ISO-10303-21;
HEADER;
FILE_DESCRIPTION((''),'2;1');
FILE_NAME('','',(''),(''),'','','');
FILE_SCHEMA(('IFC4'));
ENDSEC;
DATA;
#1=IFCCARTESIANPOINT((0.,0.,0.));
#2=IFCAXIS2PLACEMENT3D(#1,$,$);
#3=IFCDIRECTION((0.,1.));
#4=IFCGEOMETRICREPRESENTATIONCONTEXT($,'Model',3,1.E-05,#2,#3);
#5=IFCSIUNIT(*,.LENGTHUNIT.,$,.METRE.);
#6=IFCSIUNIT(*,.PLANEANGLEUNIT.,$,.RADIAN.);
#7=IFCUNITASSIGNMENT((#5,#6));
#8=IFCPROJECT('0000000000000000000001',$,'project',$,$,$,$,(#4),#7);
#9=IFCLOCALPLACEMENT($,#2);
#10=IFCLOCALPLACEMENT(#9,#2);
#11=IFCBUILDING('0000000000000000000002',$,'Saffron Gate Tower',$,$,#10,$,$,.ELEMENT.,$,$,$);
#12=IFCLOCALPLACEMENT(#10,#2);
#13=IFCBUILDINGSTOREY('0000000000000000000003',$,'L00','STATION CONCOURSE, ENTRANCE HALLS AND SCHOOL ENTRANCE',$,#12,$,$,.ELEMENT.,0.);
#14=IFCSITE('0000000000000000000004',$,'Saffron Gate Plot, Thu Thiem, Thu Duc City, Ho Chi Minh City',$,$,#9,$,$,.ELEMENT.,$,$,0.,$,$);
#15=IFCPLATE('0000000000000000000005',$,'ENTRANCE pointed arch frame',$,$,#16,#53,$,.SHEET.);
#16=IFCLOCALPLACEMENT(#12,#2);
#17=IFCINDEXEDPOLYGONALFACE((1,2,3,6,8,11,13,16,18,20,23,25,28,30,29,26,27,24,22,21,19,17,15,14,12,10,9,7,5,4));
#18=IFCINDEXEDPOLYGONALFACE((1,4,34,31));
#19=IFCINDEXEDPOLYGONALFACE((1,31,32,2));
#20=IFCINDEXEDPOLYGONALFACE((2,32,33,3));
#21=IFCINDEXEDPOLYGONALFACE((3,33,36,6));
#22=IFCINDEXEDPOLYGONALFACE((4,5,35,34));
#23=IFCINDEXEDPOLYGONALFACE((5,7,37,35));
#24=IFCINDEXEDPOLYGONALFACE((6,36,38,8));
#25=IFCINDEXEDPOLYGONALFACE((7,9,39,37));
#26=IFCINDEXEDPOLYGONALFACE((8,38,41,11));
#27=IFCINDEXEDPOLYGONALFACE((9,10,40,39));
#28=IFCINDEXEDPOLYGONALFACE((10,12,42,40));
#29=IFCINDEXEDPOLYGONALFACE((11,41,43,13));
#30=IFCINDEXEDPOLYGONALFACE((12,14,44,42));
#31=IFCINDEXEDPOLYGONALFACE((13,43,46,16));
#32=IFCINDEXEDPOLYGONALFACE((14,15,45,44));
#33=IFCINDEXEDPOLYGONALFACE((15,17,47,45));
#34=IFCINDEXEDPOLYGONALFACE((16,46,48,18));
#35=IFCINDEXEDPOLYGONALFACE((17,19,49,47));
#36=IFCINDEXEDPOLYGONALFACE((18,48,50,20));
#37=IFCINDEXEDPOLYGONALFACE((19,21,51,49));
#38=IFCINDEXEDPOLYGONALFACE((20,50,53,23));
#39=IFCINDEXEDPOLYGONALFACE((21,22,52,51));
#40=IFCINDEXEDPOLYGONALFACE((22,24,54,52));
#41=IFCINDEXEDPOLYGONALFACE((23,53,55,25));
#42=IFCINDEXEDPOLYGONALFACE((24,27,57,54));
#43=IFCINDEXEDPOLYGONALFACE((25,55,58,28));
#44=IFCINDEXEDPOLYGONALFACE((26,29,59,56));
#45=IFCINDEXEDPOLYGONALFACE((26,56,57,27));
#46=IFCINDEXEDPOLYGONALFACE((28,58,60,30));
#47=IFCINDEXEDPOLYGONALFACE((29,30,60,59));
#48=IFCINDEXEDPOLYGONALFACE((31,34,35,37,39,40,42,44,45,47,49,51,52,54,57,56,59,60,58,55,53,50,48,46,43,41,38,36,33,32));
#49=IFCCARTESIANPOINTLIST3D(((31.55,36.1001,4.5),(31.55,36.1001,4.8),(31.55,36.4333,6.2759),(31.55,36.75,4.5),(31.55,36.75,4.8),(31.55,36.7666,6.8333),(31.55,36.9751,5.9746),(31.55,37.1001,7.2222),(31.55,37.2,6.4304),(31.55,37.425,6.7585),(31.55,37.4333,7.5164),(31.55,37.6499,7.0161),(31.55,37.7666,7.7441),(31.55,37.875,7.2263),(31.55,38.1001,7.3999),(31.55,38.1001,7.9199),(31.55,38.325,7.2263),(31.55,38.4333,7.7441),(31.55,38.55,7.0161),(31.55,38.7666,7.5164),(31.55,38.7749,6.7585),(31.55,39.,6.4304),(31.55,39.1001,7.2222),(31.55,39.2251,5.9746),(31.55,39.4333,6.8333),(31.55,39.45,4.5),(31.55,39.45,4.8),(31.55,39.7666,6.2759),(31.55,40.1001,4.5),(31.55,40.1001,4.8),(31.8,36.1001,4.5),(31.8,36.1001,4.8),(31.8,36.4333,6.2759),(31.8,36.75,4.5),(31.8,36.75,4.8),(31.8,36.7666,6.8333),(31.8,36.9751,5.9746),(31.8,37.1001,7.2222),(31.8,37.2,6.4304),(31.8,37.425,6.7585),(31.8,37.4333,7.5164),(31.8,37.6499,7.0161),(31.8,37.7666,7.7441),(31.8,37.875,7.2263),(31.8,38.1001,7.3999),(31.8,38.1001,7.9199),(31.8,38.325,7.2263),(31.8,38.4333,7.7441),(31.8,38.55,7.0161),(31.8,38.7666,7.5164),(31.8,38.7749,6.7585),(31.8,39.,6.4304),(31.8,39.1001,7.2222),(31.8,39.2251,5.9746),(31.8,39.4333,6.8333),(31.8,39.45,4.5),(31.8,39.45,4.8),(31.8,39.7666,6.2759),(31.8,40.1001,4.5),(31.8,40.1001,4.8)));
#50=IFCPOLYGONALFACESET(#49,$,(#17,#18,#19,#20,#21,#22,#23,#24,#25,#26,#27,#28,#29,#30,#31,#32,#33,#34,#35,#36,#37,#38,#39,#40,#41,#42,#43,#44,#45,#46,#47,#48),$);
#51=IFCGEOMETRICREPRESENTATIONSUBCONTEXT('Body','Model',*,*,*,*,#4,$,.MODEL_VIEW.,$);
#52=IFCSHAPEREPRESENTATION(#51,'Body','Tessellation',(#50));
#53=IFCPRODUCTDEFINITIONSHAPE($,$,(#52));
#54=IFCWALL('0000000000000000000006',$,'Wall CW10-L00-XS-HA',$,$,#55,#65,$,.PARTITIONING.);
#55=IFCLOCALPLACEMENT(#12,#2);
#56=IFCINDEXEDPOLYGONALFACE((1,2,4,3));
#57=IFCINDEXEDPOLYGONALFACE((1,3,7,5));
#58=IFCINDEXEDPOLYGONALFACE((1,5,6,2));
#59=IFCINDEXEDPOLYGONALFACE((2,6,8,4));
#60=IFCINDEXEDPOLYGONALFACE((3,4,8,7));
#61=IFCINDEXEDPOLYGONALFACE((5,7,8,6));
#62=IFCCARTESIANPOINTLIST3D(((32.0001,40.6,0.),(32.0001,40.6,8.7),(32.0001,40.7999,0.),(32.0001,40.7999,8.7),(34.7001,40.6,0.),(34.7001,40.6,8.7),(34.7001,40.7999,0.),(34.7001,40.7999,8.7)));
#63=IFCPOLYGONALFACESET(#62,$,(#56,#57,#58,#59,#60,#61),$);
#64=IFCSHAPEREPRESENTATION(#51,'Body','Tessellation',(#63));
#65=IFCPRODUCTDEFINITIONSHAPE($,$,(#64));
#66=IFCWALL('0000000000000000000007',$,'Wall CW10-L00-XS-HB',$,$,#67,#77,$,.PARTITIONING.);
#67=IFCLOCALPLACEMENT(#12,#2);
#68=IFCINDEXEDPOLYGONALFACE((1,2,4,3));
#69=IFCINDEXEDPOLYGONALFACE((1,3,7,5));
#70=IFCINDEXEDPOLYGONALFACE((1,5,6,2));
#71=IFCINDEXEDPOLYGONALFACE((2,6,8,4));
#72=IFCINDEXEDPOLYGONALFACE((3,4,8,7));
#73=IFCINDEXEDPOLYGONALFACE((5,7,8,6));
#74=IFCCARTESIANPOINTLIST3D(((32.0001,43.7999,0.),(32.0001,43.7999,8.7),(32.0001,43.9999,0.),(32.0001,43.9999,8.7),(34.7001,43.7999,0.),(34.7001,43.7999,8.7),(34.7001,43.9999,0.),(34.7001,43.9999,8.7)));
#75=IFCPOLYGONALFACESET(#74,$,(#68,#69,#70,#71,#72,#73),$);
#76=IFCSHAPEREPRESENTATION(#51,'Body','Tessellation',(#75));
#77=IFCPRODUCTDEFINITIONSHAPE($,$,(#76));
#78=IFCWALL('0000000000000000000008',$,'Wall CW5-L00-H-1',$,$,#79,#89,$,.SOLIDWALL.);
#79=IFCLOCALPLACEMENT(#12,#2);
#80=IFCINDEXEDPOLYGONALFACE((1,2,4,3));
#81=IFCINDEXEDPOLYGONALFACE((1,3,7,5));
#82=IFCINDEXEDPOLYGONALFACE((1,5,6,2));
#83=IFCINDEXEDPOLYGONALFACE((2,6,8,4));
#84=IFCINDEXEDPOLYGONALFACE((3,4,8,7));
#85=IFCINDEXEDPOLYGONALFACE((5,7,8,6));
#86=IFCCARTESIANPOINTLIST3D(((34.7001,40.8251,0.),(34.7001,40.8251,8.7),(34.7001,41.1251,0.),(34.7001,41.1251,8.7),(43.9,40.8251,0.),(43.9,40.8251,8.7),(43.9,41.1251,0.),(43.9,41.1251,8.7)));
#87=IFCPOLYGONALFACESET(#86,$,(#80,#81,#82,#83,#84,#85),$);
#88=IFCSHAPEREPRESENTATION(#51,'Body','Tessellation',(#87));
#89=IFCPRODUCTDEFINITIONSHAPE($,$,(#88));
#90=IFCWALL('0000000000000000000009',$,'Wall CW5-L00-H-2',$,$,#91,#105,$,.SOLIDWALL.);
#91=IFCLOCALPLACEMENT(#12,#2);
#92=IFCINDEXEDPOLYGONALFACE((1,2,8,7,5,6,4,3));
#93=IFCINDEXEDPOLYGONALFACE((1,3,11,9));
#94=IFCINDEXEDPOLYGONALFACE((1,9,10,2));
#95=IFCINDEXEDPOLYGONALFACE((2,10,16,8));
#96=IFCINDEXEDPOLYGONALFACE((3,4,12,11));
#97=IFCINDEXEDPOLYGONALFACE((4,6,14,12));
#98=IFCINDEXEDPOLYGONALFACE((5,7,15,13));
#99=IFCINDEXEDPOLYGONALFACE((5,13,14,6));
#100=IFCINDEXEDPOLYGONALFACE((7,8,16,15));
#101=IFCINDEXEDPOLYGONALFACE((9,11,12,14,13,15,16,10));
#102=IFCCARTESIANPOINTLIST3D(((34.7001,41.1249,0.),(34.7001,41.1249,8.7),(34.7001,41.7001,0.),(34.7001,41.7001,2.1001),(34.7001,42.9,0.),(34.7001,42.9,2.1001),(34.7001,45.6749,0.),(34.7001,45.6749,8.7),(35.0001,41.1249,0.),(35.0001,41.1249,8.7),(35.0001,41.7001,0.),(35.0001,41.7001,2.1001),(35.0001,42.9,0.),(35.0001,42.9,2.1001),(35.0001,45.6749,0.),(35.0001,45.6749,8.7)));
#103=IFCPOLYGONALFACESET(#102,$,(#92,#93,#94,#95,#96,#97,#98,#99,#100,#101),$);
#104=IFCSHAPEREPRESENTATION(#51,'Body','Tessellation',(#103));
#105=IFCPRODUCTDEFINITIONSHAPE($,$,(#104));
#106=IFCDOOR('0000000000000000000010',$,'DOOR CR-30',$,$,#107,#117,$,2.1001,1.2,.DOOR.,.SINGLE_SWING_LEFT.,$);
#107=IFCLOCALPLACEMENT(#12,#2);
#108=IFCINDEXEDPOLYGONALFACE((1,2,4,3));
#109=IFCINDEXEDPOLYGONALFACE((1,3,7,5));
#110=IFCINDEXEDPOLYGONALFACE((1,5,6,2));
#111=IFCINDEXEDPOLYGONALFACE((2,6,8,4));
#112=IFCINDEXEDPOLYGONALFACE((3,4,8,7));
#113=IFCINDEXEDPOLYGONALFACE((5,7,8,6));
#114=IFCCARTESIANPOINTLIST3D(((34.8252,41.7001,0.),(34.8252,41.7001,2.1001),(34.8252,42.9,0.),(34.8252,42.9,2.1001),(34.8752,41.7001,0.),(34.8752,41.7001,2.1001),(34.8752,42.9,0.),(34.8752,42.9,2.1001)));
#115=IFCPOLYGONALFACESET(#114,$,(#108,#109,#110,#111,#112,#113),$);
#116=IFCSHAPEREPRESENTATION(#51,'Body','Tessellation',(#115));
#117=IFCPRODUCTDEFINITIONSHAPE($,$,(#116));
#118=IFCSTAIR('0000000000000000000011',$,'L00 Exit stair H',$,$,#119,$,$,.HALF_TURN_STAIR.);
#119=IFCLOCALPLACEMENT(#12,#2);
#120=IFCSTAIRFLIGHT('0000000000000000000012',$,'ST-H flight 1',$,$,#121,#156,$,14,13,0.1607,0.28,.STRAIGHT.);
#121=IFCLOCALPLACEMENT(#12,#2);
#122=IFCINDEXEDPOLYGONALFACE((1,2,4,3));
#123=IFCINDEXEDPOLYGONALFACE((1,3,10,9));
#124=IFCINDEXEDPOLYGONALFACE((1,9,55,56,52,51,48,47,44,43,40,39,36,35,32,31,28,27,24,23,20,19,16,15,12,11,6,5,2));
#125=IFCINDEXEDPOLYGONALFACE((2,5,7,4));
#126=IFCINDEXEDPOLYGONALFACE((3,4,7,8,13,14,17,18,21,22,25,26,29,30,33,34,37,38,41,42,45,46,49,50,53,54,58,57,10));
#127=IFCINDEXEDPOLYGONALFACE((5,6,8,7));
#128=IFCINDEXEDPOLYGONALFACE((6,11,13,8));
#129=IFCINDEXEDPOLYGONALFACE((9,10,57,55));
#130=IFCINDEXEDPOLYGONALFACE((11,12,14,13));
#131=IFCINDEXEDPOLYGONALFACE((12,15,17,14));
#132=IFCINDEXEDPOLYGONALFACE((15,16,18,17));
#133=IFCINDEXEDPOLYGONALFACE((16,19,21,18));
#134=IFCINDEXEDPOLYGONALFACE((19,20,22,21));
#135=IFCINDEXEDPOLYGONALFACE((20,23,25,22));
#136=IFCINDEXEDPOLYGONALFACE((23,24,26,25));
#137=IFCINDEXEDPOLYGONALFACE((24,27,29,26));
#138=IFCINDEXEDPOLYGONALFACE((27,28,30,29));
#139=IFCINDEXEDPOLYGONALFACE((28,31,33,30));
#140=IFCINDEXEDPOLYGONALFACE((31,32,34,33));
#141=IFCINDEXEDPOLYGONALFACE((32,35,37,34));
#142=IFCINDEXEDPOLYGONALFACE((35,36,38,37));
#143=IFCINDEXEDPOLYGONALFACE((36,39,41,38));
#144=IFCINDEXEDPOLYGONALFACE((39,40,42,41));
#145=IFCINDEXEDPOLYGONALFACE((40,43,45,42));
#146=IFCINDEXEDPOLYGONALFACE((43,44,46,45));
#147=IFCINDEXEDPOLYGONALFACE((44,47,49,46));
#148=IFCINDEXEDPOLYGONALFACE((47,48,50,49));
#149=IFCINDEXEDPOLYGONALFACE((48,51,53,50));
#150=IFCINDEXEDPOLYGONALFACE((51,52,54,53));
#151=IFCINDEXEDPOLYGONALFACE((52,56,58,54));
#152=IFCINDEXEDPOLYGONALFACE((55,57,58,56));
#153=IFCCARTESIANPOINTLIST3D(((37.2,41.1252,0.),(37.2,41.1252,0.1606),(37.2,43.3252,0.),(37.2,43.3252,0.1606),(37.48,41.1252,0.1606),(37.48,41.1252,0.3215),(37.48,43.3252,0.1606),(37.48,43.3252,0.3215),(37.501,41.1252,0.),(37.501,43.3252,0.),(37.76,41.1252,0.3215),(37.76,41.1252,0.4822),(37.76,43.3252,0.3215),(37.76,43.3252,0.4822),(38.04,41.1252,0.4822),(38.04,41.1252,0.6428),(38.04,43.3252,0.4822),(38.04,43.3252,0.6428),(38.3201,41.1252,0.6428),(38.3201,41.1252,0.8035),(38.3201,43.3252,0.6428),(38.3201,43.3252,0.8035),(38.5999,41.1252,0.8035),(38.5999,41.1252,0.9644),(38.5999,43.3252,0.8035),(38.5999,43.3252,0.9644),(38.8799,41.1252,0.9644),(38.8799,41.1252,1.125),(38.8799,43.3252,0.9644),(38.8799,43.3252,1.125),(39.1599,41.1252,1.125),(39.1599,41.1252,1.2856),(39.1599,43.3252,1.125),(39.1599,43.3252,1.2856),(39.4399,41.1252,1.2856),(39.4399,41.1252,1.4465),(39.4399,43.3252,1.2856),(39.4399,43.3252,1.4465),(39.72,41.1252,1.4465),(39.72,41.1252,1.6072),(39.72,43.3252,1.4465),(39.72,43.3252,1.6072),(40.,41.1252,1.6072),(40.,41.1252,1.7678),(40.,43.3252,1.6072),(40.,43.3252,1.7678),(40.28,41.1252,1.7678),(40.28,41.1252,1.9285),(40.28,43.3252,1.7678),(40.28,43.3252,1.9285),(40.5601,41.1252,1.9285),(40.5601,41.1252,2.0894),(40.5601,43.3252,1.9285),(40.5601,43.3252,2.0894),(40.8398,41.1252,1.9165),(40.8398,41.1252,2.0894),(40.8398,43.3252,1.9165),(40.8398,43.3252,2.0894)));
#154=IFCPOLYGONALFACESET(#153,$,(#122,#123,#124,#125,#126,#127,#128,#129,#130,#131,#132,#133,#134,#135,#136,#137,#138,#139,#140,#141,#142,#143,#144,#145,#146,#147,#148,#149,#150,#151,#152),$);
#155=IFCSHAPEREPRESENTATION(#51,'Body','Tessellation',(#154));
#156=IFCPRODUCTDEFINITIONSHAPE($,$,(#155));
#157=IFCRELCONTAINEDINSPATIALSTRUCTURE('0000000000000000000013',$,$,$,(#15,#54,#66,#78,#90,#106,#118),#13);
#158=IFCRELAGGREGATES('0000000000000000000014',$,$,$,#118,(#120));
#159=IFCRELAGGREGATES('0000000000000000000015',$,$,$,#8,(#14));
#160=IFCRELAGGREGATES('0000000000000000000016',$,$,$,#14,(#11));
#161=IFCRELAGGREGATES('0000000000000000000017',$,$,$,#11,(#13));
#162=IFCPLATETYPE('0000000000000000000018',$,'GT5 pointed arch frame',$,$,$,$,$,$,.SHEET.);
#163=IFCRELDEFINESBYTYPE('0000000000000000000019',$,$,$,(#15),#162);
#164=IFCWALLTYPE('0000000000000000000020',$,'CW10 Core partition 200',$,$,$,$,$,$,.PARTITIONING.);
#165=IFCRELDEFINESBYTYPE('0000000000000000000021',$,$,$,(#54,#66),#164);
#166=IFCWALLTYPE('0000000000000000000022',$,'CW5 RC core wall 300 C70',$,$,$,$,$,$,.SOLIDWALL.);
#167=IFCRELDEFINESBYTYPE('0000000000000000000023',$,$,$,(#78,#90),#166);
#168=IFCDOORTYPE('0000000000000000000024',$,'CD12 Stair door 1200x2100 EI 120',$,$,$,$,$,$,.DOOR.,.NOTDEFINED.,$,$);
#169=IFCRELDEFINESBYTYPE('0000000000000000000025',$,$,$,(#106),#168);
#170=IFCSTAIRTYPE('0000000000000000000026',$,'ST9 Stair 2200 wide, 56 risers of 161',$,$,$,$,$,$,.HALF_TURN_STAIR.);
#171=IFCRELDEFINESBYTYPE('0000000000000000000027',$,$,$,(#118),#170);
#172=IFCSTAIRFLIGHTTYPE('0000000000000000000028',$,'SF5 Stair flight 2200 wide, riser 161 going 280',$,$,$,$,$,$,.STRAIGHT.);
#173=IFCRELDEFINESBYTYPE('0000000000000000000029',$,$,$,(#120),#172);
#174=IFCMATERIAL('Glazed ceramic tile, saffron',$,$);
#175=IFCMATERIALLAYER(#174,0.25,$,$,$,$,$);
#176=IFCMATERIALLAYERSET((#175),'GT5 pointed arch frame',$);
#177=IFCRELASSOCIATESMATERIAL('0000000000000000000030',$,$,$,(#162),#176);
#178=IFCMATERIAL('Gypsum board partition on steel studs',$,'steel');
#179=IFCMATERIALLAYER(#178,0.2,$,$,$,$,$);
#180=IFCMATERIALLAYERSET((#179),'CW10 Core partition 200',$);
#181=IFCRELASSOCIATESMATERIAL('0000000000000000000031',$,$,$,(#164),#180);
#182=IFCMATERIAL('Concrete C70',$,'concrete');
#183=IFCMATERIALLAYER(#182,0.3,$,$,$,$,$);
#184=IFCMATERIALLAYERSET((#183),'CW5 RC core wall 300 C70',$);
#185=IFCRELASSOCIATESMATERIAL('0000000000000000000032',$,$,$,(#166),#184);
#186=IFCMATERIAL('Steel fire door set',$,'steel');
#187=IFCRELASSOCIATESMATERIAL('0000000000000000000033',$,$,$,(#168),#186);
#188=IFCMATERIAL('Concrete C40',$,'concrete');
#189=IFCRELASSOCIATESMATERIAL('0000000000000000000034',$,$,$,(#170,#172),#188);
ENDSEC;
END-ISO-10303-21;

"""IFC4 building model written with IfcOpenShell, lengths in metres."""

from ifc_helpers import new_model, si_unit, direction, frame, frame_2d, origin, place, context, subcontext, project, spatial, polyline, rectangle, outline, extrude, material, layer, layer_set, type_object, element, fill, aggregate, save


model = new_model("IFC4")

# Units and contexts
model_context = context("Model", 3, precision=1e-05, world=origin(), true_north=direction((0.0, 1.0)))
body_context = subcontext(model_context, "Body", "Model", "MODEL_VIEW")
ifc_project = project(units=[si_unit("LENGTHUNIT", "METRE"), si_unit("PLANEANGLEUNIT", "RADIAN")], contexts=[model_context])

# Site, building, storey
site_placement = place(None, origin())
site = spatial("IfcSite", under=ifc_project, at=site_placement, Name="Saffron Gate Plot, Thu Thiem, Thu Duc City, Ho Chi Minh City", CompositionType="ELEMENT", RefElevation=0.0)
building_placement = place(site_placement, origin())
building = spatial("IfcBuilding", under=site, at=building_placement, Name="Saffron Gate Tower", CompositionType="ELEMENT")
storey_placement = place(building_placement, origin())
storey = spatial("IfcBuildingStorey", under=building, at=storey_placement, Name="L00", Description="STATION CONCOURSE, ENTRANCE HALLS AND SCHOOL ENTRANCE", CompositionType="ELEMENT", Elevation=0.0)

# Plate
ifc_material_1 = material(Name="Glazed ceramic tile, saffron")
ifc_layer_1 = layer(ifc_material_1, 0.25)
ifc_layer_set_1 = layer_set([ifc_layer_1], Name="GT5 pointed arch frame")
plate_type_1 = type_object("IfcPlateType", Name="GT5 pointed arch frame", PredefinedType="SHEET", material=ifc_layer_set_1)
plate_1_placement = place(storey_placement, frame((31.55, 39.45, 4.5), z_axis=(-1.0, 0.0, 0.0), x_axis=(0.0, 0.0, 1.0)))
element("IfcPlate", 1, at=plate_1_placement, inside=storey, type_object=plate_type_1, Name="ENTRANCE pointed arch frame", PredefinedType="SHEET", context=body_context, shape_type="SweptSolid", body=[
    extrude(outline(polyline([(0.0, 0.0), (0.3, 0.0), (1.4746, -0.2249), (1.9304, -0.45), (2.2585, -0.675), (2.5161, -0.8999), (2.7263, -1.125), (2.8999, -1.3499), (2.7263, -1.575), (2.5161, -1.8), (2.2585, -2.0249), (1.9304, -2.25), (1.4746, -2.4749), (0.3, -2.7), (0.0, -2.7), (0.0, -3.3499), (0.3, -3.3499), (1.7759, -3.0166), (2.3333, -2.6833), (2.7222, -2.3499), (3.0164, -2.0166), (3.2441, -1.6833), (3.4199, -1.3499), (3.2441, -1.0166), (3.0164, -0.6833), (2.7222, -0.3499), (2.3333, -0.0166), (1.7759, 0.3167), (0.3, 0.6501), (0.0, 0.6501), (0.0, 0.0)])), origin(), (0.0, 0.0, -1.0), 0.25),
])

# Walls
ifc_material_2 = material(Name="Gypsum board partition on steel studs", Category="steel")
ifc_layer_2 = layer(ifc_material_2, 0.2)
ifc_layer_set_2 = layer_set([ifc_layer_2], Name="CW10 Core partition 200")
wall_type_1 = type_object("IfcWallType", Name="CW10 Core partition 200", PredefinedType="PARTITIONING", material=ifc_layer_set_2)
for number, where, z_axis, x_axis, name in (
    (2, (32.0, 40.7, 0.0), (0.0, 0.0, 1.0), (1.0, 0.0, 0.0), "Wall CW10-L00-XS-HA"),
    (3, (32.0, 43.8999, 0.0), (0.0, 0.0, 1.0), (1.0, 0.0, 0.0), "Wall CW10-L00-XS-HB"),
):
    element("IfcWall", number, at=place(storey_placement, frame(where, z_axis=z_axis, x_axis=x_axis)), inside=storey, type_object=wall_type_1, Name=name, PredefinedType="PARTITIONING", context=body_context, shape_type="SweptSolid", body=[
        extrude(rectangle(XDim=2.7, YDim=0.2, at=frame_2d((1.3501, 0.0))), origin(), (0.0, 0.0, 1.0), 8.7),
    ])
ifc_material_3 = material(Name="Concrete C70", Category="concrete")
ifc_layer_3 = layer(ifc_material_3, 0.3)
ifc_layer_set_3 = layer_set([ifc_layer_3], Name="CW5 RC core wall 300 C70")
wall_type_2 = type_object("IfcWallType", Name="CW5 RC core wall 300 C70", PredefinedType="SOLIDWALL", material=ifc_layer_set_3)
wall_1_placement = place(storey_placement, frame((34.7, 40.9751, 0.0), z_axis=(0.0, 0.0, 1.0), x_axis=(1.0, 0.0, 0.0)))
element("IfcWall", 4, at=wall_1_placement, inside=storey, type_object=wall_type_2, Name="Wall CW5-L00-H-1", PredefinedType="SOLIDWALL", context=body_context, shape_type="SweptSolid", body=[
    extrude(rectangle(XDim=9.2, YDim=0.3, at=frame_2d((4.6001, 0.0))), origin(), (0.0, 0.0, 1.0), 8.7),
])

# Wall, opening, door
wall_2_placement = place(storey_placement, frame((34.8501, 41.125, 0.0), z_axis=(0.0, 0.0, 1.0), x_axis=(0.0, 1.0, 0.0)))
wall_2 = element("IfcWall", 5, at=wall_2_placement, inside=storey, type_object=wall_type_2, Name="Wall CW5-L00-H-2", PredefinedType="SOLIDWALL", context=body_context, shape_type="SweptSolid", body=[
    extrude(rectangle(XDim=4.55, YDim=0.3, at=frame_2d((2.2749, 0.0))), origin(), (0.0, 0.0, 1.0), 8.7),
])
opening_1_placement = place(wall_2_placement, frame((0.575, 0.0, 0.0)))
opening_1 = element("IfcOpeningElement", 6, at=opening_1_placement, cuts=wall_2, PredefinedType="OPENING", context=body_context, shape_type="SweptSolid", body=[
    extrude(rectangle(XDim=1.2, YDim=2.1001, at=frame_2d((0.6001, 1.05))), frame((0.0, 0.1602, 0.0), z_axis=(0.0, -1.0, 0.0), x_axis=(1.0, 0.0, 0.0)), (0.0, 0.0, 1.0), 0.3201),
])
ifc_material_4 = material(Name="Steel fire door set", Category="steel")
door_type_1 = type_object("IfcDoorType", Name="CD12 Stair door 1200x2100 EI 120", OperationType="NOTDEFINED", PredefinedType="DOOR", material=ifc_material_4)
door_1_placement = place(opening_1_placement, origin())
door_1 = element("IfcDoor", 7, at=door_1_placement, inside=storey, type_object=door_type_1, Name="DOOR CR-30", OperationType="SINGLE_SWING_LEFT", OverallHeight=2.1001, OverallWidth=1.2, PredefinedType="DOOR", context=body_context, shape_type="SweptSolid", body=[
    extrude(rectangle(XDim=1.2, YDim=2.1001, at=frame_2d((0.6001, 1.05))), frame((0.0, 0.0249, 0.0), z_axis=(0.0, -1.0, 0.0), x_axis=(1.0, 0.0, 0.0)), (0.0, 0.0, 1.0), 0.05),
])
fill(opening_1, door_1)

# Stair, stair flight
ifc_material_5 = material(Name="Concrete C40", Category="concrete")
stair_type = type_object("IfcStairType", Name="ST9 Stair 2200 wide, 56 risers of 161", PredefinedType="HALF_TURN_STAIR", material=ifc_material_5)
stair_placement = place(storey_placement, origin())
stair = element("IfcStair", 8, at=stair_placement, inside=storey, type_object=stair_type, Name="L00 Exit stair H", PredefinedType="HALF_TURN_STAIR")
stair_flight_type = type_object("IfcStairFlightType", Name="SF5 Stair flight 2200 wide, riser 161 going 280", PredefinedType="STRAIGHT", material=ifc_material_5)
stair_flight_1_placement = place(storey_placement, frame((37.2, 42.2251, 0.0), z_axis=(0.0, 0.0, 1.0), x_axis=(1.0, 0.0, 0.0)))
stair_flight_1 = element("IfcStairFlight", 9, at=stair_flight_1_placement, type_object=stair_flight_type, Name="ST-H flight 1", NumberOfRisers=14, NumberOfTreads=13, PredefinedType="STRAIGHT", RiserHeight=0.1607, TreadLength=0.28, context=body_context, shape_type="SweptSolid", body=[
    extrude(outline(polyline([(0.0, 0.0), (0.0, 0.1606), (0.28, 0.1606), (0.28, 0.3215), (0.5601, 0.3215), (0.5601, 0.4822), (0.8401, 0.4822), (0.8401, 0.6428), (1.1201, 0.6428), (1.1201, 0.8035), (1.3999, 0.8035), (1.3999, 0.9644), (1.6799, 0.9644), (1.6799, 1.125), (1.96, 1.125), (1.96, 1.2856), (2.24, 1.2856), (2.24, 1.4465), (2.52, 1.4465), (2.52, 1.6072), (2.8, 1.6072), (2.8, 1.7678), (3.0801, 1.7678), (3.0801, 1.9285), (3.3601, 1.9285), (3.3601, 2.0894), (3.6399, 2.0894), (3.6399, 2.25), (3.6399, 1.9165), (0.301, 0.0), (0.0, 0.0)])), frame((0.0, 1.1001, 0.0), z_axis=(0.0, -1.0, 0.0), x_axis=(1.0, 0.0, 0.0)), (0.0, 0.0, 1.0), 2.2),
])
aggregate(stair, [stair_flight_1])

save(model, "model.ifc")
